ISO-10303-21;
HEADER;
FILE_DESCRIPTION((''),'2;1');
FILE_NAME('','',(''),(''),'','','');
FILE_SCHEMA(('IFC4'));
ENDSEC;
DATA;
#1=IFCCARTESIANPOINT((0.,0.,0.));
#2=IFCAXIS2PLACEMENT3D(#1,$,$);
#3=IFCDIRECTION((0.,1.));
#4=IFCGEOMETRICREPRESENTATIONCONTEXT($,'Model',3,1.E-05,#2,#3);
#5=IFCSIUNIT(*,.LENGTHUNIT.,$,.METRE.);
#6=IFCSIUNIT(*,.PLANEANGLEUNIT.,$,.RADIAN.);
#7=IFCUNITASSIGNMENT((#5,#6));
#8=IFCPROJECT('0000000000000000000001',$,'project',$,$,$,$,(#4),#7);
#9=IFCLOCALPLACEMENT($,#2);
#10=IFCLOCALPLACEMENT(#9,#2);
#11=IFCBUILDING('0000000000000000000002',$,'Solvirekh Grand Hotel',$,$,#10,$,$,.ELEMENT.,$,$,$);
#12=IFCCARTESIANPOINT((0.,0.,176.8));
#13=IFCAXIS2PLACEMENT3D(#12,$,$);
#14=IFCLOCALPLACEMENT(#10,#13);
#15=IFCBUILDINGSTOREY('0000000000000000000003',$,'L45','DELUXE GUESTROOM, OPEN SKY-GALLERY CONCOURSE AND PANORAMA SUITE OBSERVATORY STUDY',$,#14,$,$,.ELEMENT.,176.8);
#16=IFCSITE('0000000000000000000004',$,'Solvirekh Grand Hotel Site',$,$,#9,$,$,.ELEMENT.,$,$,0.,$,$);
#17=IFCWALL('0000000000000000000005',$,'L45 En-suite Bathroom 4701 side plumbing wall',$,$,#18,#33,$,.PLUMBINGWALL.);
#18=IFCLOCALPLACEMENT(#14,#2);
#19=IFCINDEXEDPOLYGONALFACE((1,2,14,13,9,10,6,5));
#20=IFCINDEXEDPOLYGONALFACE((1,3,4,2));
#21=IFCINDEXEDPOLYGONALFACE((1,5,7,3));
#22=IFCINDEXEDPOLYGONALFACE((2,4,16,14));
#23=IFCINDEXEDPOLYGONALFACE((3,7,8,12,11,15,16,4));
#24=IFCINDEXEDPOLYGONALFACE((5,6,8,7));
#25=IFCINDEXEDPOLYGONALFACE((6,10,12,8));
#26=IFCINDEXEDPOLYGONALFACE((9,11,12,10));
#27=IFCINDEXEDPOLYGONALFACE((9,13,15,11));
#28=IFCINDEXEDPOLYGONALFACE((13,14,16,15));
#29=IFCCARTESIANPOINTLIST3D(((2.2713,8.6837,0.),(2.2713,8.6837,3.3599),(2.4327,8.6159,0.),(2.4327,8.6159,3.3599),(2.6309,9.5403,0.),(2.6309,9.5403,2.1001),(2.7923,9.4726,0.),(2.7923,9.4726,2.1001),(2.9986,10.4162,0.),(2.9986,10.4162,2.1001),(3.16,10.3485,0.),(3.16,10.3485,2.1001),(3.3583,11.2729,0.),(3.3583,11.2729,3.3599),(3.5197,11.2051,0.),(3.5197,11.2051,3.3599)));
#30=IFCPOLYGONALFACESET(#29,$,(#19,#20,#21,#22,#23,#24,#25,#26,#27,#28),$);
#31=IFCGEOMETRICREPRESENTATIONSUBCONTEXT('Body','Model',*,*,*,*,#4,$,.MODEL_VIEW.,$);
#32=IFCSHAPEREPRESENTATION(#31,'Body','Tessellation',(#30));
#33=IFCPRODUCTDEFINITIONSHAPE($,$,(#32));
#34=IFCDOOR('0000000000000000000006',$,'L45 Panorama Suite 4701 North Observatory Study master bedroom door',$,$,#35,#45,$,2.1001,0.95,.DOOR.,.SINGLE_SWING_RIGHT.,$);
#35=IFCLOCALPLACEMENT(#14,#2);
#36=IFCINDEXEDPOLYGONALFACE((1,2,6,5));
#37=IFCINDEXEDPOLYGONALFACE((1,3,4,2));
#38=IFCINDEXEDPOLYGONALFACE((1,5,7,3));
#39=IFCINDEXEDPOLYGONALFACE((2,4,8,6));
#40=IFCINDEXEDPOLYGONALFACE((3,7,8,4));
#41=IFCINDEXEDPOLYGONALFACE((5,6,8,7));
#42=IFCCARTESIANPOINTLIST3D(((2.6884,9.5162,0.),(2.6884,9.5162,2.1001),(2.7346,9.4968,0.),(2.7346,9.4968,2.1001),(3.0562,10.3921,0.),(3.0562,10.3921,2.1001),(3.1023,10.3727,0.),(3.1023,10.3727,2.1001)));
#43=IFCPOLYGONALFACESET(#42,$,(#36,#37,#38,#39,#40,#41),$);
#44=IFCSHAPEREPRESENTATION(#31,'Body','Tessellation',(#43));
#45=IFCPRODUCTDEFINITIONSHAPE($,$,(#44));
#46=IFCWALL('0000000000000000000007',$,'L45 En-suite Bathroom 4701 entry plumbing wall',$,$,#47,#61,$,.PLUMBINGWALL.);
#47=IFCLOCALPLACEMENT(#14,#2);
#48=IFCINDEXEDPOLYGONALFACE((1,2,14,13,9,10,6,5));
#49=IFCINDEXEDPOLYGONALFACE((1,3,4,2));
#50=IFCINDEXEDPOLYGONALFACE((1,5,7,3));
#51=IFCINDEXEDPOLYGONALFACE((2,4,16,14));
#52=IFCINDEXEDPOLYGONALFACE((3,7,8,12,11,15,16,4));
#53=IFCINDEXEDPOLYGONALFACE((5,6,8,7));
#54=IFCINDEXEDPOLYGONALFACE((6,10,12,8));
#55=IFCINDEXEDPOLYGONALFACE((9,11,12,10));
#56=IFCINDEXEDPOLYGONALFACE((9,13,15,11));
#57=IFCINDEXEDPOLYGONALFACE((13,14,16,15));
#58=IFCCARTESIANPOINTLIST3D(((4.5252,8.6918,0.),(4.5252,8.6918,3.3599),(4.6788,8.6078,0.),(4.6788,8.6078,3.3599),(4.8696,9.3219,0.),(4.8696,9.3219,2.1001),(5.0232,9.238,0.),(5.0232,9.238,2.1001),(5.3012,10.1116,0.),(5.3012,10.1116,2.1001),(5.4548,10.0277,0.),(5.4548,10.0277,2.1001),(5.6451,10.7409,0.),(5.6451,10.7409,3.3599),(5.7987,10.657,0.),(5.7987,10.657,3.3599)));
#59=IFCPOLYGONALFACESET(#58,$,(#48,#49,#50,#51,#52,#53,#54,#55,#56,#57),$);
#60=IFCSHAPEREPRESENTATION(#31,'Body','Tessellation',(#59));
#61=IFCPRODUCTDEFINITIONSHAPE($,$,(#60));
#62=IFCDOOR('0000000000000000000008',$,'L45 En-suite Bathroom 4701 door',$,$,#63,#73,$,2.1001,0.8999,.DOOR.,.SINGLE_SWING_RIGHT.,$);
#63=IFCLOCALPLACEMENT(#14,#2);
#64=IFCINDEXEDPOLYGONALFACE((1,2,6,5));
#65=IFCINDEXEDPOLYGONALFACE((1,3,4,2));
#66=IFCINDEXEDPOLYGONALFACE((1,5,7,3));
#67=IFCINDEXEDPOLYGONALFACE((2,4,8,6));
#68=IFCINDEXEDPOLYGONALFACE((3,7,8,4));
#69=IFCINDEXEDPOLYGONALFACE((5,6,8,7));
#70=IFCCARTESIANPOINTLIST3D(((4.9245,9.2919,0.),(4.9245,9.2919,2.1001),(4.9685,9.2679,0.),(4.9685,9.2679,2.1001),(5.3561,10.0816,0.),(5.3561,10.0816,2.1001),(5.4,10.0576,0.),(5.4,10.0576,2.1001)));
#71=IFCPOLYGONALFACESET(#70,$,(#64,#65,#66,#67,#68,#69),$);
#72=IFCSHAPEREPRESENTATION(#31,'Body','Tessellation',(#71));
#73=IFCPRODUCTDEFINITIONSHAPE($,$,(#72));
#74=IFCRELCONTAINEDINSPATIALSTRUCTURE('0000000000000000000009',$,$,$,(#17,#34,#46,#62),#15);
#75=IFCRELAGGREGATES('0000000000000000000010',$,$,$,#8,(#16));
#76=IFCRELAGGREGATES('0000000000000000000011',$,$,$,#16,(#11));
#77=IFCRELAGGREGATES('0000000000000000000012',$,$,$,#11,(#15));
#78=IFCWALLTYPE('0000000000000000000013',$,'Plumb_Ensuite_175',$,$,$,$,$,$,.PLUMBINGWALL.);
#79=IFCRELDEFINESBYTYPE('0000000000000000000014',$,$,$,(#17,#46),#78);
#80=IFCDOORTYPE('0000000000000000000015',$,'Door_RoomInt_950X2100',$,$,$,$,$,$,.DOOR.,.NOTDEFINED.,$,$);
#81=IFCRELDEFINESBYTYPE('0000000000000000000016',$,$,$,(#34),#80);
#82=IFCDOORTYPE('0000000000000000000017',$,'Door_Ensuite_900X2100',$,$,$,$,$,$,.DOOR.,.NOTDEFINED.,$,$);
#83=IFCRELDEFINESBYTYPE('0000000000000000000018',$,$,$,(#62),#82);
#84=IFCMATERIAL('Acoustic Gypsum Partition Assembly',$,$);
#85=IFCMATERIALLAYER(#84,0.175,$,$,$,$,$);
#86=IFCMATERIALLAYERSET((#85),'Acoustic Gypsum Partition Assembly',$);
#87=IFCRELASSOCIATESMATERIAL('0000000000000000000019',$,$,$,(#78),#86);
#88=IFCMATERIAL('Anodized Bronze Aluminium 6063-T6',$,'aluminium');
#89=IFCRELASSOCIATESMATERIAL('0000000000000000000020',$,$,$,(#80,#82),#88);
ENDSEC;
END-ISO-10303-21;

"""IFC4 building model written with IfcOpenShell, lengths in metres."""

from ifc_helpers import new_model, si_unit, direction, frame, frame_2d, origin, place, context, subcontext, project, spatial, rectangle, extrude, material, layer, layer_set, type_object, element, fill, save


model = new_model("IFC4")

# Units and contexts
model_context = context("Model", 3, precision=1e-05, world=origin(), true_north=direction((0.0, 1.0)))
body_context = subcontext(model_context, "Body", "Model", "MODEL_VIEW")
ifc_project = project(units=[si_unit("LENGTHUNIT", "METRE"), si_unit("PLANEANGLEUNIT", "RADIAN")], contexts=[model_context])

# Site, building, storey
site_placement = place(None, origin())
site = spatial("IfcSite", under=ifc_project, at=site_placement, Name="Solvirekh Grand Hotel Site", CompositionType="ELEMENT", RefElevation=0.0)
building_placement = place(site_placement, origin())
building = spatial("IfcBuilding", under=site, at=building_placement, Name="Solvirekh Grand Hotel", CompositionType="ELEMENT")
storey_placement = place(building_placement, frame((0.0, 0.0, 176.8)))
storey = spatial("IfcBuildingStorey", under=building, at=storey_placement, Name="L45", Description="DELUXE GUESTROOM, OPEN SKY-GALLERY CONCOURSE AND PANORAMA SUITE OBSERVATORY STUDY", CompositionType="ELEMENT", Elevation=176.8)

# Shared definitions
ifc_material_1 = material(Name="Anodized Bronze Aluminium 6063-T6", Category="aluminium")

# Shared definitions
ifc_material_2 = material(Name="Acoustic Gypsum Partition Assembly")
ifc_layer_1 = layer(ifc_material_2, 0.175)
ifc_layer_set_1 = layer_set([ifc_layer_1], Name="Acoustic Gypsum Partition Assembly")
wall_type_1 = type_object("IfcWallType", Name="Plumb_Ensuite_175", PredefinedType="PLUMBINGWALL", material=ifc_layer_set_1)

# Walls, openings, doors
wall_1_placement = place(storey_placement, frame((3.439, 11.239, 0.0), z_axis=(0.0, 0.0, 1.0), x_axis=(-0.387077, -0.922047, 0.0)))
wall_1 = element("IfcWall", 1, at=wall_1_placement, inside=storey, type_object=wall_type_1, Name="L45 En-suite Bathroom 4701 side plumbing wall", PredefinedType="PLUMBINGWALL", context=body_context, shape_type="SweptSolid", body=[
    extrude(rectangle(XDim=2.8081, YDim=0.175, at=frame_2d((1.4041, 0.0))), origin(), (0.0, 0.0, 1.0), 3.3599),
])
opening_1_placement = place(wall_1_placement, frame((0.929, 0.0, 0.0)))
opening_1 = element("IfcOpeningElement", 2, at=opening_1_placement, cuts=wall_1, PredefinedType="OPENING", context=body_context, shape_type="SweptSolid", body=[
    extrude(rectangle(XDim=0.95, YDim=2.1001, at=frame_2d((0.4751, 1.05))), frame((0.0, 0.0977, 0.0), z_axis=(0.0, -1.0, 0.0), x_axis=(1.0, 0.0, 0.0)), (0.0, 0.0, 1.0), 0.1951),
])
door_type_1 = type_object("IfcDoorType", Name="Door_RoomInt_950X2100", OperationType="NOTDEFINED", PredefinedType="DOOR", material=ifc_material_1)
door_1_placement = place(opening_1_placement, origin())
door_1 = element("IfcDoor", 3, at=door_1_placement, inside=storey, type_object=door_type_1, Name="L45 Panorama Suite 4701 North Observatory Study master bedroom door", OperationType="SINGLE_SWING_RIGHT", OverallHeight=2.1001, OverallWidth=0.95, PredefinedType="DOOR", context=body_context, shape_type="SweptSolid", body=[
    extrude(rectangle(XDim=0.95, YDim=2.1001, at=frame_2d((0.4751, 1.05))), frame((0.0, 0.0249, 0.0), z_axis=(0.0, -1.0, 0.0), x_axis=(1.0, 0.0, 0.0)), (0.0, 0.0, 1.0), 0.05),
])
fill(opening_1, door_1)
wall_2_placement = place(storey_placement, frame((4.6021, 8.6499, 0.0), z_axis=(0.0, 0.0, 1.0), x_axis=(0.479577, 0.8775, 0.0)))
wall_2 = element("IfcWall", 4, at=wall_2_placement, inside=storey, type_object=wall_type_1, Name="L45 En-suite Bathroom 4701 entry plumbing wall", PredefinedType="PLUMBINGWALL", context=body_context, shape_type="SweptSolid", body=[
    extrude(rectangle(XDim=2.3352, YDim=0.175, at=frame_2d((1.1675, 0.0))), origin(), (0.0, 0.0, 1.0), 3.3599),
])
opening_2_placement = place(wall_2_placement, frame((0.718, 0.0, 0.0)))
opening_2 = element("IfcOpeningElement", 5, at=opening_2_placement, cuts=wall_2, PredefinedType="OPENING", context=body_context, shape_type="SweptSolid", body=[
    extrude(rectangle(XDim=0.8999, YDim=2.1001, at=frame_2d((0.45, 1.05))), frame((0.0, 0.0977, 0.0), z_axis=(0.0, -1.0, 0.0), x_axis=(1.0, 0.0, 0.0)), (0.0, 0.0, 1.0), 0.1951),
])
door_type_2 = type_object("IfcDoorType", Name="Door_Ensuite_900X2100", OperationType="NOTDEFINED", PredefinedType="DOOR", material=ifc_material_1)
door_2_placement = place(opening_2_placement, origin())
door_2 = element("IfcDoor", 6, at=door_2_placement, inside=storey, type_object=door_type_2, Name="L45 En-suite Bathroom 4701 door", OperationType="SINGLE_SWING_RIGHT", OverallHeight=2.1001, OverallWidth=0.8999, PredefinedType="DOOR", context=body_context, shape_type="SweptSolid", body=[
    extrude(rectangle(XDim=0.8999, YDim=2.1001, at=frame_2d((0.45, 1.05))), frame((0.0, 0.0249, 0.0), z_axis=(0.0, -1.0, 0.0), x_axis=(1.0, 0.0, 0.0)), (0.0, 0.0, 1.0), 0.05),
])
fill(opening_2, door_2)

save(model, "model.ifc")
